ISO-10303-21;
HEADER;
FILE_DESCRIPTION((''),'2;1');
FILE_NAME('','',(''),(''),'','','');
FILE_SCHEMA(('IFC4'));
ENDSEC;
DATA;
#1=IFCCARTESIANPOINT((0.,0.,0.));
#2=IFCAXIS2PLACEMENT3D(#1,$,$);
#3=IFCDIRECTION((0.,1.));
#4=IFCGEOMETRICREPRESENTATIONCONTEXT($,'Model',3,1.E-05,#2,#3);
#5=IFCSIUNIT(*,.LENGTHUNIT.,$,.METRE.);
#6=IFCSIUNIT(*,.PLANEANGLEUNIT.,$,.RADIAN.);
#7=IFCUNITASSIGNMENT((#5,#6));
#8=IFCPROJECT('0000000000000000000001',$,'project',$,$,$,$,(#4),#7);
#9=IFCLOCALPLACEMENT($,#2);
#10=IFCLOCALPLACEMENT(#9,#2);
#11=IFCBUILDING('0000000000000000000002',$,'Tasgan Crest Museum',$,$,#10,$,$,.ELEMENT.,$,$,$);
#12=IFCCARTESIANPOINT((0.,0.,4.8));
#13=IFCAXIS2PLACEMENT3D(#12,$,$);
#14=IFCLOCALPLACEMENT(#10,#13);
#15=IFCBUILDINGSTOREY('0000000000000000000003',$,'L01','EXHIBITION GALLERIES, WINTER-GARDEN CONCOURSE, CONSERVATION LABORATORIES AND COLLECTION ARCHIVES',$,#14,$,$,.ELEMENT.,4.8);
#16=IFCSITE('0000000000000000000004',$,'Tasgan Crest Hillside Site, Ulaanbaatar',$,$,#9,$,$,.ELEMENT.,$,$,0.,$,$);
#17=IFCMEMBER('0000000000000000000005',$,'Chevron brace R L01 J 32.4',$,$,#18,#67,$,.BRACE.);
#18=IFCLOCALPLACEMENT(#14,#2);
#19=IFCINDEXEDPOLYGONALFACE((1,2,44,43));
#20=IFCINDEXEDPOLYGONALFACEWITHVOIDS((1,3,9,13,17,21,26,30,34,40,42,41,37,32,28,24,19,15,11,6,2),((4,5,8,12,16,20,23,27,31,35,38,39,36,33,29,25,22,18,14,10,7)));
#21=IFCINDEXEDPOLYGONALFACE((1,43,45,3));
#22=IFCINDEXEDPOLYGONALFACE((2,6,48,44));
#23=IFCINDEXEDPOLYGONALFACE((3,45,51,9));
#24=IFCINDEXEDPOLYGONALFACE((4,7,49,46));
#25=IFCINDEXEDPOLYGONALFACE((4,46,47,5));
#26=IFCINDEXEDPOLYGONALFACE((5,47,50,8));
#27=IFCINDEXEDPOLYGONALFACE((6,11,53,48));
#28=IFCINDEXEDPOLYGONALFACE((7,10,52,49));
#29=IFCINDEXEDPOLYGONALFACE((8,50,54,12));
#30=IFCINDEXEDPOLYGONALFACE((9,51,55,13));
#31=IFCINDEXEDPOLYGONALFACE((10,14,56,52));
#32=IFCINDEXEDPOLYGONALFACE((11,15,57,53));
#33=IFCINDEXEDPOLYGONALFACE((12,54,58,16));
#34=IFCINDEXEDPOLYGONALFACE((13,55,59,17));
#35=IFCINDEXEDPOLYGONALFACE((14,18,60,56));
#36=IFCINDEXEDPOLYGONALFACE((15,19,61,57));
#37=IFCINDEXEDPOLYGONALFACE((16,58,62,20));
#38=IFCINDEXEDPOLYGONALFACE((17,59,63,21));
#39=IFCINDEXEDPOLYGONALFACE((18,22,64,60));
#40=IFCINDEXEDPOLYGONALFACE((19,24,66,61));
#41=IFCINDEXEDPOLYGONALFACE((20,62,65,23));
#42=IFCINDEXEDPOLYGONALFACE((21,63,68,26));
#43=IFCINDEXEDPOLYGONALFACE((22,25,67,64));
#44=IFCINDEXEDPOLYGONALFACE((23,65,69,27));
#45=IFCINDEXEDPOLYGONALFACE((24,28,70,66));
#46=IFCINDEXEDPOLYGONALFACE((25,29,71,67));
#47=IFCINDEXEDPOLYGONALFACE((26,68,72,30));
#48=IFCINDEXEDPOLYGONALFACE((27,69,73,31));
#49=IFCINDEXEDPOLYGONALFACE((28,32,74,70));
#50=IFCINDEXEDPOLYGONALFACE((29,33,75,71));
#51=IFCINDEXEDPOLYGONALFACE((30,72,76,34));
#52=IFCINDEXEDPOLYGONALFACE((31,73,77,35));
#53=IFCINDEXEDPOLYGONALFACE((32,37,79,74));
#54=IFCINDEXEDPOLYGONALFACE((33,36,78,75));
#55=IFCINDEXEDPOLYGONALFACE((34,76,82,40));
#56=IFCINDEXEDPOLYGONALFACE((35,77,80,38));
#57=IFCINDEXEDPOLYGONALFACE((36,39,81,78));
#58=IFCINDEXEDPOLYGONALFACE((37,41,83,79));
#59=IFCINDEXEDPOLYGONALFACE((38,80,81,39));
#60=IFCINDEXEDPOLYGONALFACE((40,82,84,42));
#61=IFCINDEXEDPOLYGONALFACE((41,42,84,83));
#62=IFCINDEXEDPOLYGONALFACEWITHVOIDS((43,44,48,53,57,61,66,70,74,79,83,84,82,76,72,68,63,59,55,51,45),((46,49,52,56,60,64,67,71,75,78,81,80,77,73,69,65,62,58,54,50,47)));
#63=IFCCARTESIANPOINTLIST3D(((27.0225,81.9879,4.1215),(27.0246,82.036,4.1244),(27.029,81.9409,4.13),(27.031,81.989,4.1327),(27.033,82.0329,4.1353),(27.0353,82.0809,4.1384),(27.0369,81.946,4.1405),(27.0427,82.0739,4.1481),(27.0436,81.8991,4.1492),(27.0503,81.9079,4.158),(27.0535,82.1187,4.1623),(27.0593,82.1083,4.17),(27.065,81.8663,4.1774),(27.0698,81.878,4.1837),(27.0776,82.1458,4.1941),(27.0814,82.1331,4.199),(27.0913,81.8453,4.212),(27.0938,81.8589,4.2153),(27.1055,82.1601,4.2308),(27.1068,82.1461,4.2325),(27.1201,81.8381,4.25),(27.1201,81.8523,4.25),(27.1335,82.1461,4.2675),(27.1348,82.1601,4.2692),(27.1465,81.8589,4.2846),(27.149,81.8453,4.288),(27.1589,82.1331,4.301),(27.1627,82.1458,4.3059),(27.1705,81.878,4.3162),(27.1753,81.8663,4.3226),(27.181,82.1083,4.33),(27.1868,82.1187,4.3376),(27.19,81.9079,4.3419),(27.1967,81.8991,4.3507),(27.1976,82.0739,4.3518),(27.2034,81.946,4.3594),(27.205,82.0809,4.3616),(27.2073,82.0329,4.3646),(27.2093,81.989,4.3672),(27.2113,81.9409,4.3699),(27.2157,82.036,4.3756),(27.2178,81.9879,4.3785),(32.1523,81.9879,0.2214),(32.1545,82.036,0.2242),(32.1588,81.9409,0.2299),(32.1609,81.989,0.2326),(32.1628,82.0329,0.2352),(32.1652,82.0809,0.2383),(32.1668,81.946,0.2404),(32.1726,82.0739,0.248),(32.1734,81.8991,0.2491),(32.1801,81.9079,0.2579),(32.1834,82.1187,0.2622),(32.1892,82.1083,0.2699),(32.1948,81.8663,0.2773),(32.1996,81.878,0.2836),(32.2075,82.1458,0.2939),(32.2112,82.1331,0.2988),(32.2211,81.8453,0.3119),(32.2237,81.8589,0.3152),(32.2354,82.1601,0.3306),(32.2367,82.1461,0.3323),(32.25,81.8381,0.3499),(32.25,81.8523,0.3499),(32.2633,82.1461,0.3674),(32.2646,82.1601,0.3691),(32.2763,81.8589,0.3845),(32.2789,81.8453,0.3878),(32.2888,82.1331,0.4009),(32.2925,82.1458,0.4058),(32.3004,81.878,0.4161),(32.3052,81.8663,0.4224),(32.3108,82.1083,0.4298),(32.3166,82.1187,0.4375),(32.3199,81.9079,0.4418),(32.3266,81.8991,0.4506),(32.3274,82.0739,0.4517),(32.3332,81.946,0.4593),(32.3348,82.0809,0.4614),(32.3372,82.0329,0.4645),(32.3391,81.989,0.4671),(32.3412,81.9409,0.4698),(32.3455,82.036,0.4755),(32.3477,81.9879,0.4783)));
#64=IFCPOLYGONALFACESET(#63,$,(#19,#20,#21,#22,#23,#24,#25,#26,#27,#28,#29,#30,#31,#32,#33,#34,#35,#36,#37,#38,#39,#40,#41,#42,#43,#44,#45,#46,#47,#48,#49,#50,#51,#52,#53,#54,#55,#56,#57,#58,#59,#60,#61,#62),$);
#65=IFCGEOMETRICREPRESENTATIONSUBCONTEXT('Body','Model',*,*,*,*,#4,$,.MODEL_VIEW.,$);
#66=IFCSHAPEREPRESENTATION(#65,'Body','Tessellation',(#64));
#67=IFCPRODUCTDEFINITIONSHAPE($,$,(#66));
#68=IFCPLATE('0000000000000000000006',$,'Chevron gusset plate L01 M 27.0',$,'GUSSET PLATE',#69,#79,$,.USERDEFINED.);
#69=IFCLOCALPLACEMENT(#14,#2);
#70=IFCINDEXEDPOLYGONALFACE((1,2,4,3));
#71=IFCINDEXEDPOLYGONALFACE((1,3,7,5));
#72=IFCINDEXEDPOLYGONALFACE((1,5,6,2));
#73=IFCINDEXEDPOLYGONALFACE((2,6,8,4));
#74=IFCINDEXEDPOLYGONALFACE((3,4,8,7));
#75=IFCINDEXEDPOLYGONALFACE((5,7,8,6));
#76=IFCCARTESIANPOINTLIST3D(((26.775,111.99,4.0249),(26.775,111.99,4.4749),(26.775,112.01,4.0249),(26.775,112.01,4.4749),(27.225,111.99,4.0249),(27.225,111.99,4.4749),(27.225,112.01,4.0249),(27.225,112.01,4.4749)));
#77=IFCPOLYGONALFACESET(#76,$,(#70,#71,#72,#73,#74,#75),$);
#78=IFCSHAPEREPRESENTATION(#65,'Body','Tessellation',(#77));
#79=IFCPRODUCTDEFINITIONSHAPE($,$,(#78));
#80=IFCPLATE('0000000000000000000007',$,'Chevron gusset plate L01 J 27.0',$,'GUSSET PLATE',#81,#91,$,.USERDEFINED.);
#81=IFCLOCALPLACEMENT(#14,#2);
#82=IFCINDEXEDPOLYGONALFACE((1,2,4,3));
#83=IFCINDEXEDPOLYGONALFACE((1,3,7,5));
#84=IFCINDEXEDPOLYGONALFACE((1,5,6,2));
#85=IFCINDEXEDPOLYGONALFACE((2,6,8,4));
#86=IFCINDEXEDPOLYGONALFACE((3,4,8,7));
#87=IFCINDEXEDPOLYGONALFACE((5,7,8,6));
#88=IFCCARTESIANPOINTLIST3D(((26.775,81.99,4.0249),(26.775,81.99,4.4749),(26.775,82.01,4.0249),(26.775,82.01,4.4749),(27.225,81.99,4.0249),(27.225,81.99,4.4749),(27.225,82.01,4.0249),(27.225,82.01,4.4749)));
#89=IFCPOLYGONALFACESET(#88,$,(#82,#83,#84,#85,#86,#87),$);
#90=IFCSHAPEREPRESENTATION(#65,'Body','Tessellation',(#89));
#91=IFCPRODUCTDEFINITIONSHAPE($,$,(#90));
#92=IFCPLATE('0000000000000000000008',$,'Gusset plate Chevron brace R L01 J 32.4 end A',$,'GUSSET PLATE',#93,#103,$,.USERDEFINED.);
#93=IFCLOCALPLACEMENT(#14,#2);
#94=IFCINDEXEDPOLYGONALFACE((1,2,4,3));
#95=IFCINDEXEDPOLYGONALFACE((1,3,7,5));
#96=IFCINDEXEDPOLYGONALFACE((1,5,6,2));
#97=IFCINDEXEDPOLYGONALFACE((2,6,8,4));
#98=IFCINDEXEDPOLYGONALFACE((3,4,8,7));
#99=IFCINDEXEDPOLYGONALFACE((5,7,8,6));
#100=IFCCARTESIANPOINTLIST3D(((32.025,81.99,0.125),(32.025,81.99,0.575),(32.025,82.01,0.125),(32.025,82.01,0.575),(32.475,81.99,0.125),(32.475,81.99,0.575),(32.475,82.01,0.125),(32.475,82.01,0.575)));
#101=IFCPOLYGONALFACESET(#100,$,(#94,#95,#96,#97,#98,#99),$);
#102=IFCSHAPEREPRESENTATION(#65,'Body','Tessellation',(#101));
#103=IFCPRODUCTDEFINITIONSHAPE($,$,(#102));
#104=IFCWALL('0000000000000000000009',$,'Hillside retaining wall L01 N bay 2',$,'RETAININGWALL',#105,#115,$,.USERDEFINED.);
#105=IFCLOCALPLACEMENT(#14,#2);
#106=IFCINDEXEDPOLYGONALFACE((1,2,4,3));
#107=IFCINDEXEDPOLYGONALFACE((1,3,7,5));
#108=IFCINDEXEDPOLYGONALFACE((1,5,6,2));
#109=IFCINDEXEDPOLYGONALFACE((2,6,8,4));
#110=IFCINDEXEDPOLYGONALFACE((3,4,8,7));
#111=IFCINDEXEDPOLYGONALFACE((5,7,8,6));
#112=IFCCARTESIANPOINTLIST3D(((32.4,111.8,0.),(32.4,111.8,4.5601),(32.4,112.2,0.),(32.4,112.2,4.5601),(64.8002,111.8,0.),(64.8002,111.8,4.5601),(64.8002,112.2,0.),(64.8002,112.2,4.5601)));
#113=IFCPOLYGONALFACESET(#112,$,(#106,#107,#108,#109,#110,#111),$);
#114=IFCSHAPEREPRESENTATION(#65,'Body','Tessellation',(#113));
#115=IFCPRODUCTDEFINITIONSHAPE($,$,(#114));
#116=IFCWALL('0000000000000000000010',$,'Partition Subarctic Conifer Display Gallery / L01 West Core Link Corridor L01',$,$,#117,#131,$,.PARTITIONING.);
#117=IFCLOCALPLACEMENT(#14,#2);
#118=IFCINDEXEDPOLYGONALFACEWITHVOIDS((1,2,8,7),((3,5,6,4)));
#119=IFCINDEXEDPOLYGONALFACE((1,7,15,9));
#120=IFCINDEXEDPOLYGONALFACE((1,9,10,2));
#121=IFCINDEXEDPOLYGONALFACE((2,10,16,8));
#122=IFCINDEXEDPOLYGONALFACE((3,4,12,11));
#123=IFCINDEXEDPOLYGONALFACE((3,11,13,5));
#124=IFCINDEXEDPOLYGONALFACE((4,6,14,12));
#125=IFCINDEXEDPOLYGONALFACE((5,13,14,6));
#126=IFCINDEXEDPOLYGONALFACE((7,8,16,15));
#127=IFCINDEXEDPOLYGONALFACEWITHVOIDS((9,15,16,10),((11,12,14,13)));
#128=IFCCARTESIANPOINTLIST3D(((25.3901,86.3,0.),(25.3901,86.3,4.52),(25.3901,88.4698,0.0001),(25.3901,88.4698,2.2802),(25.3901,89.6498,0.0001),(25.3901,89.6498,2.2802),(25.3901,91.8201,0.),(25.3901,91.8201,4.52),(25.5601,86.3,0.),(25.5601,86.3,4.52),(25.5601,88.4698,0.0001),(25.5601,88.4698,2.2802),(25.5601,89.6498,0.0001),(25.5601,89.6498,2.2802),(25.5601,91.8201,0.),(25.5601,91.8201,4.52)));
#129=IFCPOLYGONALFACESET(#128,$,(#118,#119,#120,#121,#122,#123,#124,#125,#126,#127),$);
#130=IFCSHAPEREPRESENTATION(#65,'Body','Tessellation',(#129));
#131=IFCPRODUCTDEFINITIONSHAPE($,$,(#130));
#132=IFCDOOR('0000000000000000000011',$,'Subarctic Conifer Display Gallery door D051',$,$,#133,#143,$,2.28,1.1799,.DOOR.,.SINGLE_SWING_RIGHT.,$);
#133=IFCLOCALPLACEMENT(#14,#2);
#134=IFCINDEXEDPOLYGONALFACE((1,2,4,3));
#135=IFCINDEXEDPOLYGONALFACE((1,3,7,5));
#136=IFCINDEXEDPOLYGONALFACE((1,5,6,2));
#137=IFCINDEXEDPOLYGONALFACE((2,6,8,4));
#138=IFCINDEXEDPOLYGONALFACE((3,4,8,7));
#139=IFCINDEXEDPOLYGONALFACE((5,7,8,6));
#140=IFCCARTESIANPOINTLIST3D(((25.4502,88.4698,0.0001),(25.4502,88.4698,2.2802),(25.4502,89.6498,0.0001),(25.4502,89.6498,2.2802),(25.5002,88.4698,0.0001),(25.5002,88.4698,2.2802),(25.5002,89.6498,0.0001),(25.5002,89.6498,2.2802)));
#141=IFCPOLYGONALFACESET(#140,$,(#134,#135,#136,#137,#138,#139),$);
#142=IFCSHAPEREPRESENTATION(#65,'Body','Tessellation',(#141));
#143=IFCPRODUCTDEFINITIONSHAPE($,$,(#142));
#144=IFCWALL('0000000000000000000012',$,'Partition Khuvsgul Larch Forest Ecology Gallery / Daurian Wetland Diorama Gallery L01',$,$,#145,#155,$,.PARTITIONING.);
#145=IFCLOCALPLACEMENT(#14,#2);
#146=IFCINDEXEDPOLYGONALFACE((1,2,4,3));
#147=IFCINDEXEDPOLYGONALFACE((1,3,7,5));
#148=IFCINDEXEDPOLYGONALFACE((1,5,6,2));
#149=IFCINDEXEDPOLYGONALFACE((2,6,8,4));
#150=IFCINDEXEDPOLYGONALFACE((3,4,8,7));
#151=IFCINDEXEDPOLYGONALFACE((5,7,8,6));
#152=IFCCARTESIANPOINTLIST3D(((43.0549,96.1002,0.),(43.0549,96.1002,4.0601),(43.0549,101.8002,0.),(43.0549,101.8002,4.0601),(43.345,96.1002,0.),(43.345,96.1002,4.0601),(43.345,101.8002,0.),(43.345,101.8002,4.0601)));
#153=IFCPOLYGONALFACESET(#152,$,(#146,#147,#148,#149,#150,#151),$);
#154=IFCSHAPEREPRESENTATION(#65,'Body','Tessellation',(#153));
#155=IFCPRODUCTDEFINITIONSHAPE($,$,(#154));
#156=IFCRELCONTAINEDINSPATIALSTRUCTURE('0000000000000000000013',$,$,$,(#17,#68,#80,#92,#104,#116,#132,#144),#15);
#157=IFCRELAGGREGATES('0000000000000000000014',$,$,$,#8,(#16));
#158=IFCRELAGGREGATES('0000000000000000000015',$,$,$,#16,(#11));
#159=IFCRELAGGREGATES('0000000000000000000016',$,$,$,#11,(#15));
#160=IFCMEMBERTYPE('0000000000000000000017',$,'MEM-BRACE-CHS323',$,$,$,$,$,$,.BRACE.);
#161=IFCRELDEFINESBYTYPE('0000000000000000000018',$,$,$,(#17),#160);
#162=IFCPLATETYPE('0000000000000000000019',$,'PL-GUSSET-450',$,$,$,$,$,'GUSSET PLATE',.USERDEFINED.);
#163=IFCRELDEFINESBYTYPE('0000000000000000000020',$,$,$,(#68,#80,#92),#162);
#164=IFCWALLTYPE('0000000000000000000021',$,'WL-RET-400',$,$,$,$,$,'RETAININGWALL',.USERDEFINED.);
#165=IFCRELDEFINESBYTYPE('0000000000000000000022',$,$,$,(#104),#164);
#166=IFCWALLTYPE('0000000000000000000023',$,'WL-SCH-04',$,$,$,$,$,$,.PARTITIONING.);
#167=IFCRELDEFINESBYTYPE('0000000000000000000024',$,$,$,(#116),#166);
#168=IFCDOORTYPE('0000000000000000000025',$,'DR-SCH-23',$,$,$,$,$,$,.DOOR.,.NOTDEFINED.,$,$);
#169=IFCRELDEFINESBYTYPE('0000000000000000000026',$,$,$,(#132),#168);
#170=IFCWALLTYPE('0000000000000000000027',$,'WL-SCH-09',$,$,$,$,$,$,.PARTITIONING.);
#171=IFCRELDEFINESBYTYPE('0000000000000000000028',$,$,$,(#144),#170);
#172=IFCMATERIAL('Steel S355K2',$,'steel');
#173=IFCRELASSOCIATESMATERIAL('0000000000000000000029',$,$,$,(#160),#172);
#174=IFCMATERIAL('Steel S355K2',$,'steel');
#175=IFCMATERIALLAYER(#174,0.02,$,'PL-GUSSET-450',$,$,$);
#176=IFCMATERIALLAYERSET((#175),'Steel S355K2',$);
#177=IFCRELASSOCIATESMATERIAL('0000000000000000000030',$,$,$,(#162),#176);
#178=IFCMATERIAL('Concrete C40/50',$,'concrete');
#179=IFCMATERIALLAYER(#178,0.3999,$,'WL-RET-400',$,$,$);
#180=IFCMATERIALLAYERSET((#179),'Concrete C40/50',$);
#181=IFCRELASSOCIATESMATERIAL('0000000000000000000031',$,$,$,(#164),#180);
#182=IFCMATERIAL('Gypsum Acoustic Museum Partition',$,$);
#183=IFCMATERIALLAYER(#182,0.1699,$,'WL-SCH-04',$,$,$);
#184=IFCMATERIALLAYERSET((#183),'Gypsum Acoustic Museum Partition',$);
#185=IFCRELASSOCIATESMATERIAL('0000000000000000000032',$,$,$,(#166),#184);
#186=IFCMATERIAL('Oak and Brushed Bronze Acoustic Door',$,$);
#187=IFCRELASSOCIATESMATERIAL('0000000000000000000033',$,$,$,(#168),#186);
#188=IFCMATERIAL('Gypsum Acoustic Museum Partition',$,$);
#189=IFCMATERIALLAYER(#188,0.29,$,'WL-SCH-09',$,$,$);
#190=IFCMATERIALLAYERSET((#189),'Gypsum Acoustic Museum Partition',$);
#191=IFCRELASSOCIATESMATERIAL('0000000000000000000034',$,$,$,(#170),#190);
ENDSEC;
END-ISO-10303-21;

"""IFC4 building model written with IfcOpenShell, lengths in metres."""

from ifc_helpers import new_model, si_unit, direction, frame, frame_2d, origin, origin_2d, place, context, subcontext, project, spatial, rectangle, hollow_circle, extrude, material, layer, layer_set, material_profile, profile_set, type_object, element, fill, save


model = new_model("IFC4")

# Units and contexts
model_context = context("Model", 3, precision=1e-05, world=origin(), true_north=direction((0.0, 1.0)))
body_context = subcontext(model_context, "Body", "Model", "MODEL_VIEW")
ifc_project = project(units=[si_unit("LENGTHUNIT", "METRE"), si_unit("PLANEANGLEUNIT", "RADIAN")], contexts=[model_context])

# Site, building, storey
site_placement = place(None, origin())
site = spatial("IfcSite", under=ifc_project, at=site_placement, Name="Tasgan Crest Hillside Site, Ulaanbaatar", CompositionType="ELEMENT", RefElevation=0.0)
building_placement = place(site_placement, origin())
building = spatial("IfcBuilding", under=site, at=building_placement, Name="Tasgan Crest Museum", CompositionType="ELEMENT")
storey_placement = place(building_placement, frame((0.0, 0.0, 4.8)))
storey = spatial("IfcBuildingStorey", under=building, at=storey_placement, Name="L01", Description="EXHIBITION GALLERIES, WINTER-GARDEN CONCOURSE, CONSERVATION LABORATORIES AND COLLECTION ARCHIVES", CompositionType="ELEMENT", Elevation=4.8)

# Member
ifc_material_1 = material(Name="Steel S355K2", Category="steel")
ifc_material_profile_1 = material_profile(ifc_material_1, hollow_circle(Radius=0.1619, WallThickness=0.0142, at=origin_2d()), Name="CHS 323.9x14.2")
ifc_profile_set_1 = profile_set([ifc_material_profile_1], Name="Steel S355K2")
member_type = type_object("IfcMemberType", Name="MEM-BRACE-CHS323", PredefinedType="BRACE", material=ifc_profile_set_1)
member_1_placement = place(storey_placement, frame((32.25, 82.0, 0.3499), z_axis=(-0.796055, 0.0, 0.605224), x_axis=(0.0, -1.0, 0.0)))
element("IfcMember", 1, at=member_1_placement, inside=storey, type_object=member_type, Name="Chevron brace R L01 J 32.4", PredefinedType="BRACE", context=body_context, shape_type="SweptSolid", body=[
    extrude(hollow_circle(Radius=0.1619, WallThickness=0.0142, at=origin_2d()), origin(), (0.0, 0.0, 1.0), 6.4441),
])

# Plates
ifc_material_2 = material(Name="Steel S355K2", Category="steel")
ifc_layer_1 = layer(ifc_material_2, 0.02, Name="PL-GUSSET-450")
ifc_layer_set_1 = layer_set([ifc_layer_1], Name="Steel S355K2")
plate_type = type_object("IfcPlateType", Name="PL-GUSSET-450", ElementType="GUSSET PLATE", PredefinedType="USERDEFINED", material=ifc_layer_set_1)
for number, where, z_axis, x_axis, name in (
    (2, (27.0, 112.0, 4.0249), (0.0, 0.0, 1.0), (1.0, 0.0, 0.0), "Chevron gusset plate L01 M 27.0"),
    (3, (27.0, 82.0, 4.0249), (0.0, 0.0, 1.0), (1.0, 0.0, 0.0), "Chevron gusset plate L01 J 27.0"),
    (4, (32.25, 82.0, 0.125), (0.0, 0.0, 1.0), (1.0, 0.0, 0.0), "Gusset plate Chevron brace R L01 J 32.4 end A"),
):
    element("IfcPlate", number, at=place(storey_placement, frame(where, z_axis=z_axis, x_axis=x_axis)), inside=storey, type_object=plate_type, Name=name, ObjectType="GUSSET PLATE", PredefinedType="USERDEFINED", context=body_context, shape_type="SweptSolid", body=[
        extrude(rectangle(XDim=0.45, YDim=0.02, at=origin_2d()), origin(), (0.0, 0.0, 1.0), 0.45),
    ])

# Wall
ifc_material_3 = material(Name="Concrete C40/50", Category="concrete")
ifc_layer_2 = layer(ifc_material_3, 0.3999, Name="WL-RET-400")
ifc_layer_set_2 = layer_set([ifc_layer_2], Name="Concrete C40/50")
wall_type_1 = type_object("IfcWallType", Name="WL-RET-400", ElementType="RETAININGWALL", PredefinedType="USERDEFINED", material=ifc_layer_set_2)
wall_1_placement = place(storey_placement, frame((32.3999, 112.0, 0.0), z_axis=(0.0, 0.0, 1.0), x_axis=(1.0, 0.0, 0.0)))
element("IfcWall", 5, at=wall_1_placement, inside=storey, type_object=wall_type_1, Name="Hillside retaining wall L01 N bay 2", ObjectType="RETAININGWALL", PredefinedType="USERDEFINED", context=body_context, shape_type="SweptSolid", body=[
    extrude(rectangle(XDim=32.4001, YDim=0.3999, at=frame_2d((16.2002, 0.0))), origin(), (0.0, 0.0, 1.0), 4.5601),
])

# Wall, opening, door
ifc_material_4 = material(Name="Gypsum Acoustic Museum Partition")
ifc_layer_3 = layer(ifc_material_4, 0.1699, Name="WL-SCH-04")
ifc_layer_set_3 = layer_set([ifc_layer_3], Name="Gypsum Acoustic Museum Partition")
wall_type_2 = type_object("IfcWallType", Name="WL-SCH-04", PredefinedType="PARTITIONING", material=ifc_layer_set_3)
wall_2_placement = place(storey_placement, frame((25.4751, 86.3, 0.0), z_axis=(0.0, 0.0, 1.0), x_axis=(0.0, 1.0, 0.0)))
wall_2 = element("IfcWall", 6, at=wall_2_placement, inside=storey, type_object=wall_type_2, Name="Partition Subarctic Conifer Display Gallery / L01 West Core Link Corridor L01", PredefinedType="PARTITIONING", context=body_context, shape_type="SweptSolid", body=[
    extrude(rectangle(XDim=5.52, YDim=0.1699, at=frame_2d((2.76, 0.0))), origin(), (0.0, 0.0, 1.0), 4.52),
])
opening_1_placement = place(wall_2_placement, frame((2.1699, 0.0, 0.0)))
opening_1 = element("IfcOpeningElement", 7, at=opening_1_placement, cuts=wall_2, PredefinedType="OPENING", context=body_context, shape_type="SweptSolid", body=[
    extrude(rectangle(XDim=1.1799, YDim=2.28, at=frame_2d((0.5898, 1.1401))), frame((0.0, 0.095, 0.0), z_axis=(0.0, -1.0, 0.0), x_axis=(1.0, 0.0, 0.0)), (0.0, 0.0, 1.0), 0.1899),
])
ifc_material_5 = material(Name="Oak and Brushed Bronze Acoustic Door")
door_type_1 = type_object("IfcDoorType", Name="DR-SCH-23", OperationType="NOTDEFINED", PredefinedType="DOOR", material=ifc_material_5)
door_1_placement = place(opening_1_placement, origin())
door_1 = element("IfcDoor", 8, at=door_1_placement, inside=storey, type_object=door_type_1, Name="Subarctic Conifer Display Gallery door D051", OperationType="SINGLE_SWING_RIGHT", OverallHeight=2.28, OverallWidth=1.1799, PredefinedType="DOOR", context=body_context, shape_type="SweptSolid", body=[
    extrude(rectangle(XDim=1.1799, YDim=2.28, at=frame_2d((0.5898, 1.1401))), frame((0.0, 0.0249, 0.0), z_axis=(0.0, -1.0, 0.0), x_axis=(1.0, 0.0, 0.0)), (0.0, 0.0, 1.0), 0.05),
])
fill(opening_1, door_1)

# Wall
ifc_material_6 = material(Name="Gypsum Acoustic Museum Partition")
ifc_layer_4 = layer(ifc_material_6, 0.29, Name="WL-SCH-09")
ifc_layer_set_4 = layer_set([ifc_layer_4], Name="Gypsum Acoustic Museum Partition")
wall_type_3 = type_object("IfcWallType", Name="WL-SCH-09", PredefinedType="PARTITIONING", material=ifc_layer_set_4)
wall_3_placement = place(storey_placement, frame((43.2, 96.1001, 0.0), z_axis=(0.0, 0.0, 1.0), x_axis=(0.0, 1.0, 0.0)))
element("IfcWall", 9, at=wall_3_placement, inside=storey, type_object=wall_type_3, Name="Partition Khuvsgul Larch Forest Ecology Gallery / Daurian Wetland Diorama Gallery L01", PredefinedType="PARTITIONING", context=body_context, shape_type="SweptSolid", body=[
    extrude(rectangle(XDim=5.7, YDim=0.29, at=frame_2d((2.8501, 0.0))), origin(), (0.0, 0.0, 1.0), 4.0601),
])

save(model, "model.ifc")
